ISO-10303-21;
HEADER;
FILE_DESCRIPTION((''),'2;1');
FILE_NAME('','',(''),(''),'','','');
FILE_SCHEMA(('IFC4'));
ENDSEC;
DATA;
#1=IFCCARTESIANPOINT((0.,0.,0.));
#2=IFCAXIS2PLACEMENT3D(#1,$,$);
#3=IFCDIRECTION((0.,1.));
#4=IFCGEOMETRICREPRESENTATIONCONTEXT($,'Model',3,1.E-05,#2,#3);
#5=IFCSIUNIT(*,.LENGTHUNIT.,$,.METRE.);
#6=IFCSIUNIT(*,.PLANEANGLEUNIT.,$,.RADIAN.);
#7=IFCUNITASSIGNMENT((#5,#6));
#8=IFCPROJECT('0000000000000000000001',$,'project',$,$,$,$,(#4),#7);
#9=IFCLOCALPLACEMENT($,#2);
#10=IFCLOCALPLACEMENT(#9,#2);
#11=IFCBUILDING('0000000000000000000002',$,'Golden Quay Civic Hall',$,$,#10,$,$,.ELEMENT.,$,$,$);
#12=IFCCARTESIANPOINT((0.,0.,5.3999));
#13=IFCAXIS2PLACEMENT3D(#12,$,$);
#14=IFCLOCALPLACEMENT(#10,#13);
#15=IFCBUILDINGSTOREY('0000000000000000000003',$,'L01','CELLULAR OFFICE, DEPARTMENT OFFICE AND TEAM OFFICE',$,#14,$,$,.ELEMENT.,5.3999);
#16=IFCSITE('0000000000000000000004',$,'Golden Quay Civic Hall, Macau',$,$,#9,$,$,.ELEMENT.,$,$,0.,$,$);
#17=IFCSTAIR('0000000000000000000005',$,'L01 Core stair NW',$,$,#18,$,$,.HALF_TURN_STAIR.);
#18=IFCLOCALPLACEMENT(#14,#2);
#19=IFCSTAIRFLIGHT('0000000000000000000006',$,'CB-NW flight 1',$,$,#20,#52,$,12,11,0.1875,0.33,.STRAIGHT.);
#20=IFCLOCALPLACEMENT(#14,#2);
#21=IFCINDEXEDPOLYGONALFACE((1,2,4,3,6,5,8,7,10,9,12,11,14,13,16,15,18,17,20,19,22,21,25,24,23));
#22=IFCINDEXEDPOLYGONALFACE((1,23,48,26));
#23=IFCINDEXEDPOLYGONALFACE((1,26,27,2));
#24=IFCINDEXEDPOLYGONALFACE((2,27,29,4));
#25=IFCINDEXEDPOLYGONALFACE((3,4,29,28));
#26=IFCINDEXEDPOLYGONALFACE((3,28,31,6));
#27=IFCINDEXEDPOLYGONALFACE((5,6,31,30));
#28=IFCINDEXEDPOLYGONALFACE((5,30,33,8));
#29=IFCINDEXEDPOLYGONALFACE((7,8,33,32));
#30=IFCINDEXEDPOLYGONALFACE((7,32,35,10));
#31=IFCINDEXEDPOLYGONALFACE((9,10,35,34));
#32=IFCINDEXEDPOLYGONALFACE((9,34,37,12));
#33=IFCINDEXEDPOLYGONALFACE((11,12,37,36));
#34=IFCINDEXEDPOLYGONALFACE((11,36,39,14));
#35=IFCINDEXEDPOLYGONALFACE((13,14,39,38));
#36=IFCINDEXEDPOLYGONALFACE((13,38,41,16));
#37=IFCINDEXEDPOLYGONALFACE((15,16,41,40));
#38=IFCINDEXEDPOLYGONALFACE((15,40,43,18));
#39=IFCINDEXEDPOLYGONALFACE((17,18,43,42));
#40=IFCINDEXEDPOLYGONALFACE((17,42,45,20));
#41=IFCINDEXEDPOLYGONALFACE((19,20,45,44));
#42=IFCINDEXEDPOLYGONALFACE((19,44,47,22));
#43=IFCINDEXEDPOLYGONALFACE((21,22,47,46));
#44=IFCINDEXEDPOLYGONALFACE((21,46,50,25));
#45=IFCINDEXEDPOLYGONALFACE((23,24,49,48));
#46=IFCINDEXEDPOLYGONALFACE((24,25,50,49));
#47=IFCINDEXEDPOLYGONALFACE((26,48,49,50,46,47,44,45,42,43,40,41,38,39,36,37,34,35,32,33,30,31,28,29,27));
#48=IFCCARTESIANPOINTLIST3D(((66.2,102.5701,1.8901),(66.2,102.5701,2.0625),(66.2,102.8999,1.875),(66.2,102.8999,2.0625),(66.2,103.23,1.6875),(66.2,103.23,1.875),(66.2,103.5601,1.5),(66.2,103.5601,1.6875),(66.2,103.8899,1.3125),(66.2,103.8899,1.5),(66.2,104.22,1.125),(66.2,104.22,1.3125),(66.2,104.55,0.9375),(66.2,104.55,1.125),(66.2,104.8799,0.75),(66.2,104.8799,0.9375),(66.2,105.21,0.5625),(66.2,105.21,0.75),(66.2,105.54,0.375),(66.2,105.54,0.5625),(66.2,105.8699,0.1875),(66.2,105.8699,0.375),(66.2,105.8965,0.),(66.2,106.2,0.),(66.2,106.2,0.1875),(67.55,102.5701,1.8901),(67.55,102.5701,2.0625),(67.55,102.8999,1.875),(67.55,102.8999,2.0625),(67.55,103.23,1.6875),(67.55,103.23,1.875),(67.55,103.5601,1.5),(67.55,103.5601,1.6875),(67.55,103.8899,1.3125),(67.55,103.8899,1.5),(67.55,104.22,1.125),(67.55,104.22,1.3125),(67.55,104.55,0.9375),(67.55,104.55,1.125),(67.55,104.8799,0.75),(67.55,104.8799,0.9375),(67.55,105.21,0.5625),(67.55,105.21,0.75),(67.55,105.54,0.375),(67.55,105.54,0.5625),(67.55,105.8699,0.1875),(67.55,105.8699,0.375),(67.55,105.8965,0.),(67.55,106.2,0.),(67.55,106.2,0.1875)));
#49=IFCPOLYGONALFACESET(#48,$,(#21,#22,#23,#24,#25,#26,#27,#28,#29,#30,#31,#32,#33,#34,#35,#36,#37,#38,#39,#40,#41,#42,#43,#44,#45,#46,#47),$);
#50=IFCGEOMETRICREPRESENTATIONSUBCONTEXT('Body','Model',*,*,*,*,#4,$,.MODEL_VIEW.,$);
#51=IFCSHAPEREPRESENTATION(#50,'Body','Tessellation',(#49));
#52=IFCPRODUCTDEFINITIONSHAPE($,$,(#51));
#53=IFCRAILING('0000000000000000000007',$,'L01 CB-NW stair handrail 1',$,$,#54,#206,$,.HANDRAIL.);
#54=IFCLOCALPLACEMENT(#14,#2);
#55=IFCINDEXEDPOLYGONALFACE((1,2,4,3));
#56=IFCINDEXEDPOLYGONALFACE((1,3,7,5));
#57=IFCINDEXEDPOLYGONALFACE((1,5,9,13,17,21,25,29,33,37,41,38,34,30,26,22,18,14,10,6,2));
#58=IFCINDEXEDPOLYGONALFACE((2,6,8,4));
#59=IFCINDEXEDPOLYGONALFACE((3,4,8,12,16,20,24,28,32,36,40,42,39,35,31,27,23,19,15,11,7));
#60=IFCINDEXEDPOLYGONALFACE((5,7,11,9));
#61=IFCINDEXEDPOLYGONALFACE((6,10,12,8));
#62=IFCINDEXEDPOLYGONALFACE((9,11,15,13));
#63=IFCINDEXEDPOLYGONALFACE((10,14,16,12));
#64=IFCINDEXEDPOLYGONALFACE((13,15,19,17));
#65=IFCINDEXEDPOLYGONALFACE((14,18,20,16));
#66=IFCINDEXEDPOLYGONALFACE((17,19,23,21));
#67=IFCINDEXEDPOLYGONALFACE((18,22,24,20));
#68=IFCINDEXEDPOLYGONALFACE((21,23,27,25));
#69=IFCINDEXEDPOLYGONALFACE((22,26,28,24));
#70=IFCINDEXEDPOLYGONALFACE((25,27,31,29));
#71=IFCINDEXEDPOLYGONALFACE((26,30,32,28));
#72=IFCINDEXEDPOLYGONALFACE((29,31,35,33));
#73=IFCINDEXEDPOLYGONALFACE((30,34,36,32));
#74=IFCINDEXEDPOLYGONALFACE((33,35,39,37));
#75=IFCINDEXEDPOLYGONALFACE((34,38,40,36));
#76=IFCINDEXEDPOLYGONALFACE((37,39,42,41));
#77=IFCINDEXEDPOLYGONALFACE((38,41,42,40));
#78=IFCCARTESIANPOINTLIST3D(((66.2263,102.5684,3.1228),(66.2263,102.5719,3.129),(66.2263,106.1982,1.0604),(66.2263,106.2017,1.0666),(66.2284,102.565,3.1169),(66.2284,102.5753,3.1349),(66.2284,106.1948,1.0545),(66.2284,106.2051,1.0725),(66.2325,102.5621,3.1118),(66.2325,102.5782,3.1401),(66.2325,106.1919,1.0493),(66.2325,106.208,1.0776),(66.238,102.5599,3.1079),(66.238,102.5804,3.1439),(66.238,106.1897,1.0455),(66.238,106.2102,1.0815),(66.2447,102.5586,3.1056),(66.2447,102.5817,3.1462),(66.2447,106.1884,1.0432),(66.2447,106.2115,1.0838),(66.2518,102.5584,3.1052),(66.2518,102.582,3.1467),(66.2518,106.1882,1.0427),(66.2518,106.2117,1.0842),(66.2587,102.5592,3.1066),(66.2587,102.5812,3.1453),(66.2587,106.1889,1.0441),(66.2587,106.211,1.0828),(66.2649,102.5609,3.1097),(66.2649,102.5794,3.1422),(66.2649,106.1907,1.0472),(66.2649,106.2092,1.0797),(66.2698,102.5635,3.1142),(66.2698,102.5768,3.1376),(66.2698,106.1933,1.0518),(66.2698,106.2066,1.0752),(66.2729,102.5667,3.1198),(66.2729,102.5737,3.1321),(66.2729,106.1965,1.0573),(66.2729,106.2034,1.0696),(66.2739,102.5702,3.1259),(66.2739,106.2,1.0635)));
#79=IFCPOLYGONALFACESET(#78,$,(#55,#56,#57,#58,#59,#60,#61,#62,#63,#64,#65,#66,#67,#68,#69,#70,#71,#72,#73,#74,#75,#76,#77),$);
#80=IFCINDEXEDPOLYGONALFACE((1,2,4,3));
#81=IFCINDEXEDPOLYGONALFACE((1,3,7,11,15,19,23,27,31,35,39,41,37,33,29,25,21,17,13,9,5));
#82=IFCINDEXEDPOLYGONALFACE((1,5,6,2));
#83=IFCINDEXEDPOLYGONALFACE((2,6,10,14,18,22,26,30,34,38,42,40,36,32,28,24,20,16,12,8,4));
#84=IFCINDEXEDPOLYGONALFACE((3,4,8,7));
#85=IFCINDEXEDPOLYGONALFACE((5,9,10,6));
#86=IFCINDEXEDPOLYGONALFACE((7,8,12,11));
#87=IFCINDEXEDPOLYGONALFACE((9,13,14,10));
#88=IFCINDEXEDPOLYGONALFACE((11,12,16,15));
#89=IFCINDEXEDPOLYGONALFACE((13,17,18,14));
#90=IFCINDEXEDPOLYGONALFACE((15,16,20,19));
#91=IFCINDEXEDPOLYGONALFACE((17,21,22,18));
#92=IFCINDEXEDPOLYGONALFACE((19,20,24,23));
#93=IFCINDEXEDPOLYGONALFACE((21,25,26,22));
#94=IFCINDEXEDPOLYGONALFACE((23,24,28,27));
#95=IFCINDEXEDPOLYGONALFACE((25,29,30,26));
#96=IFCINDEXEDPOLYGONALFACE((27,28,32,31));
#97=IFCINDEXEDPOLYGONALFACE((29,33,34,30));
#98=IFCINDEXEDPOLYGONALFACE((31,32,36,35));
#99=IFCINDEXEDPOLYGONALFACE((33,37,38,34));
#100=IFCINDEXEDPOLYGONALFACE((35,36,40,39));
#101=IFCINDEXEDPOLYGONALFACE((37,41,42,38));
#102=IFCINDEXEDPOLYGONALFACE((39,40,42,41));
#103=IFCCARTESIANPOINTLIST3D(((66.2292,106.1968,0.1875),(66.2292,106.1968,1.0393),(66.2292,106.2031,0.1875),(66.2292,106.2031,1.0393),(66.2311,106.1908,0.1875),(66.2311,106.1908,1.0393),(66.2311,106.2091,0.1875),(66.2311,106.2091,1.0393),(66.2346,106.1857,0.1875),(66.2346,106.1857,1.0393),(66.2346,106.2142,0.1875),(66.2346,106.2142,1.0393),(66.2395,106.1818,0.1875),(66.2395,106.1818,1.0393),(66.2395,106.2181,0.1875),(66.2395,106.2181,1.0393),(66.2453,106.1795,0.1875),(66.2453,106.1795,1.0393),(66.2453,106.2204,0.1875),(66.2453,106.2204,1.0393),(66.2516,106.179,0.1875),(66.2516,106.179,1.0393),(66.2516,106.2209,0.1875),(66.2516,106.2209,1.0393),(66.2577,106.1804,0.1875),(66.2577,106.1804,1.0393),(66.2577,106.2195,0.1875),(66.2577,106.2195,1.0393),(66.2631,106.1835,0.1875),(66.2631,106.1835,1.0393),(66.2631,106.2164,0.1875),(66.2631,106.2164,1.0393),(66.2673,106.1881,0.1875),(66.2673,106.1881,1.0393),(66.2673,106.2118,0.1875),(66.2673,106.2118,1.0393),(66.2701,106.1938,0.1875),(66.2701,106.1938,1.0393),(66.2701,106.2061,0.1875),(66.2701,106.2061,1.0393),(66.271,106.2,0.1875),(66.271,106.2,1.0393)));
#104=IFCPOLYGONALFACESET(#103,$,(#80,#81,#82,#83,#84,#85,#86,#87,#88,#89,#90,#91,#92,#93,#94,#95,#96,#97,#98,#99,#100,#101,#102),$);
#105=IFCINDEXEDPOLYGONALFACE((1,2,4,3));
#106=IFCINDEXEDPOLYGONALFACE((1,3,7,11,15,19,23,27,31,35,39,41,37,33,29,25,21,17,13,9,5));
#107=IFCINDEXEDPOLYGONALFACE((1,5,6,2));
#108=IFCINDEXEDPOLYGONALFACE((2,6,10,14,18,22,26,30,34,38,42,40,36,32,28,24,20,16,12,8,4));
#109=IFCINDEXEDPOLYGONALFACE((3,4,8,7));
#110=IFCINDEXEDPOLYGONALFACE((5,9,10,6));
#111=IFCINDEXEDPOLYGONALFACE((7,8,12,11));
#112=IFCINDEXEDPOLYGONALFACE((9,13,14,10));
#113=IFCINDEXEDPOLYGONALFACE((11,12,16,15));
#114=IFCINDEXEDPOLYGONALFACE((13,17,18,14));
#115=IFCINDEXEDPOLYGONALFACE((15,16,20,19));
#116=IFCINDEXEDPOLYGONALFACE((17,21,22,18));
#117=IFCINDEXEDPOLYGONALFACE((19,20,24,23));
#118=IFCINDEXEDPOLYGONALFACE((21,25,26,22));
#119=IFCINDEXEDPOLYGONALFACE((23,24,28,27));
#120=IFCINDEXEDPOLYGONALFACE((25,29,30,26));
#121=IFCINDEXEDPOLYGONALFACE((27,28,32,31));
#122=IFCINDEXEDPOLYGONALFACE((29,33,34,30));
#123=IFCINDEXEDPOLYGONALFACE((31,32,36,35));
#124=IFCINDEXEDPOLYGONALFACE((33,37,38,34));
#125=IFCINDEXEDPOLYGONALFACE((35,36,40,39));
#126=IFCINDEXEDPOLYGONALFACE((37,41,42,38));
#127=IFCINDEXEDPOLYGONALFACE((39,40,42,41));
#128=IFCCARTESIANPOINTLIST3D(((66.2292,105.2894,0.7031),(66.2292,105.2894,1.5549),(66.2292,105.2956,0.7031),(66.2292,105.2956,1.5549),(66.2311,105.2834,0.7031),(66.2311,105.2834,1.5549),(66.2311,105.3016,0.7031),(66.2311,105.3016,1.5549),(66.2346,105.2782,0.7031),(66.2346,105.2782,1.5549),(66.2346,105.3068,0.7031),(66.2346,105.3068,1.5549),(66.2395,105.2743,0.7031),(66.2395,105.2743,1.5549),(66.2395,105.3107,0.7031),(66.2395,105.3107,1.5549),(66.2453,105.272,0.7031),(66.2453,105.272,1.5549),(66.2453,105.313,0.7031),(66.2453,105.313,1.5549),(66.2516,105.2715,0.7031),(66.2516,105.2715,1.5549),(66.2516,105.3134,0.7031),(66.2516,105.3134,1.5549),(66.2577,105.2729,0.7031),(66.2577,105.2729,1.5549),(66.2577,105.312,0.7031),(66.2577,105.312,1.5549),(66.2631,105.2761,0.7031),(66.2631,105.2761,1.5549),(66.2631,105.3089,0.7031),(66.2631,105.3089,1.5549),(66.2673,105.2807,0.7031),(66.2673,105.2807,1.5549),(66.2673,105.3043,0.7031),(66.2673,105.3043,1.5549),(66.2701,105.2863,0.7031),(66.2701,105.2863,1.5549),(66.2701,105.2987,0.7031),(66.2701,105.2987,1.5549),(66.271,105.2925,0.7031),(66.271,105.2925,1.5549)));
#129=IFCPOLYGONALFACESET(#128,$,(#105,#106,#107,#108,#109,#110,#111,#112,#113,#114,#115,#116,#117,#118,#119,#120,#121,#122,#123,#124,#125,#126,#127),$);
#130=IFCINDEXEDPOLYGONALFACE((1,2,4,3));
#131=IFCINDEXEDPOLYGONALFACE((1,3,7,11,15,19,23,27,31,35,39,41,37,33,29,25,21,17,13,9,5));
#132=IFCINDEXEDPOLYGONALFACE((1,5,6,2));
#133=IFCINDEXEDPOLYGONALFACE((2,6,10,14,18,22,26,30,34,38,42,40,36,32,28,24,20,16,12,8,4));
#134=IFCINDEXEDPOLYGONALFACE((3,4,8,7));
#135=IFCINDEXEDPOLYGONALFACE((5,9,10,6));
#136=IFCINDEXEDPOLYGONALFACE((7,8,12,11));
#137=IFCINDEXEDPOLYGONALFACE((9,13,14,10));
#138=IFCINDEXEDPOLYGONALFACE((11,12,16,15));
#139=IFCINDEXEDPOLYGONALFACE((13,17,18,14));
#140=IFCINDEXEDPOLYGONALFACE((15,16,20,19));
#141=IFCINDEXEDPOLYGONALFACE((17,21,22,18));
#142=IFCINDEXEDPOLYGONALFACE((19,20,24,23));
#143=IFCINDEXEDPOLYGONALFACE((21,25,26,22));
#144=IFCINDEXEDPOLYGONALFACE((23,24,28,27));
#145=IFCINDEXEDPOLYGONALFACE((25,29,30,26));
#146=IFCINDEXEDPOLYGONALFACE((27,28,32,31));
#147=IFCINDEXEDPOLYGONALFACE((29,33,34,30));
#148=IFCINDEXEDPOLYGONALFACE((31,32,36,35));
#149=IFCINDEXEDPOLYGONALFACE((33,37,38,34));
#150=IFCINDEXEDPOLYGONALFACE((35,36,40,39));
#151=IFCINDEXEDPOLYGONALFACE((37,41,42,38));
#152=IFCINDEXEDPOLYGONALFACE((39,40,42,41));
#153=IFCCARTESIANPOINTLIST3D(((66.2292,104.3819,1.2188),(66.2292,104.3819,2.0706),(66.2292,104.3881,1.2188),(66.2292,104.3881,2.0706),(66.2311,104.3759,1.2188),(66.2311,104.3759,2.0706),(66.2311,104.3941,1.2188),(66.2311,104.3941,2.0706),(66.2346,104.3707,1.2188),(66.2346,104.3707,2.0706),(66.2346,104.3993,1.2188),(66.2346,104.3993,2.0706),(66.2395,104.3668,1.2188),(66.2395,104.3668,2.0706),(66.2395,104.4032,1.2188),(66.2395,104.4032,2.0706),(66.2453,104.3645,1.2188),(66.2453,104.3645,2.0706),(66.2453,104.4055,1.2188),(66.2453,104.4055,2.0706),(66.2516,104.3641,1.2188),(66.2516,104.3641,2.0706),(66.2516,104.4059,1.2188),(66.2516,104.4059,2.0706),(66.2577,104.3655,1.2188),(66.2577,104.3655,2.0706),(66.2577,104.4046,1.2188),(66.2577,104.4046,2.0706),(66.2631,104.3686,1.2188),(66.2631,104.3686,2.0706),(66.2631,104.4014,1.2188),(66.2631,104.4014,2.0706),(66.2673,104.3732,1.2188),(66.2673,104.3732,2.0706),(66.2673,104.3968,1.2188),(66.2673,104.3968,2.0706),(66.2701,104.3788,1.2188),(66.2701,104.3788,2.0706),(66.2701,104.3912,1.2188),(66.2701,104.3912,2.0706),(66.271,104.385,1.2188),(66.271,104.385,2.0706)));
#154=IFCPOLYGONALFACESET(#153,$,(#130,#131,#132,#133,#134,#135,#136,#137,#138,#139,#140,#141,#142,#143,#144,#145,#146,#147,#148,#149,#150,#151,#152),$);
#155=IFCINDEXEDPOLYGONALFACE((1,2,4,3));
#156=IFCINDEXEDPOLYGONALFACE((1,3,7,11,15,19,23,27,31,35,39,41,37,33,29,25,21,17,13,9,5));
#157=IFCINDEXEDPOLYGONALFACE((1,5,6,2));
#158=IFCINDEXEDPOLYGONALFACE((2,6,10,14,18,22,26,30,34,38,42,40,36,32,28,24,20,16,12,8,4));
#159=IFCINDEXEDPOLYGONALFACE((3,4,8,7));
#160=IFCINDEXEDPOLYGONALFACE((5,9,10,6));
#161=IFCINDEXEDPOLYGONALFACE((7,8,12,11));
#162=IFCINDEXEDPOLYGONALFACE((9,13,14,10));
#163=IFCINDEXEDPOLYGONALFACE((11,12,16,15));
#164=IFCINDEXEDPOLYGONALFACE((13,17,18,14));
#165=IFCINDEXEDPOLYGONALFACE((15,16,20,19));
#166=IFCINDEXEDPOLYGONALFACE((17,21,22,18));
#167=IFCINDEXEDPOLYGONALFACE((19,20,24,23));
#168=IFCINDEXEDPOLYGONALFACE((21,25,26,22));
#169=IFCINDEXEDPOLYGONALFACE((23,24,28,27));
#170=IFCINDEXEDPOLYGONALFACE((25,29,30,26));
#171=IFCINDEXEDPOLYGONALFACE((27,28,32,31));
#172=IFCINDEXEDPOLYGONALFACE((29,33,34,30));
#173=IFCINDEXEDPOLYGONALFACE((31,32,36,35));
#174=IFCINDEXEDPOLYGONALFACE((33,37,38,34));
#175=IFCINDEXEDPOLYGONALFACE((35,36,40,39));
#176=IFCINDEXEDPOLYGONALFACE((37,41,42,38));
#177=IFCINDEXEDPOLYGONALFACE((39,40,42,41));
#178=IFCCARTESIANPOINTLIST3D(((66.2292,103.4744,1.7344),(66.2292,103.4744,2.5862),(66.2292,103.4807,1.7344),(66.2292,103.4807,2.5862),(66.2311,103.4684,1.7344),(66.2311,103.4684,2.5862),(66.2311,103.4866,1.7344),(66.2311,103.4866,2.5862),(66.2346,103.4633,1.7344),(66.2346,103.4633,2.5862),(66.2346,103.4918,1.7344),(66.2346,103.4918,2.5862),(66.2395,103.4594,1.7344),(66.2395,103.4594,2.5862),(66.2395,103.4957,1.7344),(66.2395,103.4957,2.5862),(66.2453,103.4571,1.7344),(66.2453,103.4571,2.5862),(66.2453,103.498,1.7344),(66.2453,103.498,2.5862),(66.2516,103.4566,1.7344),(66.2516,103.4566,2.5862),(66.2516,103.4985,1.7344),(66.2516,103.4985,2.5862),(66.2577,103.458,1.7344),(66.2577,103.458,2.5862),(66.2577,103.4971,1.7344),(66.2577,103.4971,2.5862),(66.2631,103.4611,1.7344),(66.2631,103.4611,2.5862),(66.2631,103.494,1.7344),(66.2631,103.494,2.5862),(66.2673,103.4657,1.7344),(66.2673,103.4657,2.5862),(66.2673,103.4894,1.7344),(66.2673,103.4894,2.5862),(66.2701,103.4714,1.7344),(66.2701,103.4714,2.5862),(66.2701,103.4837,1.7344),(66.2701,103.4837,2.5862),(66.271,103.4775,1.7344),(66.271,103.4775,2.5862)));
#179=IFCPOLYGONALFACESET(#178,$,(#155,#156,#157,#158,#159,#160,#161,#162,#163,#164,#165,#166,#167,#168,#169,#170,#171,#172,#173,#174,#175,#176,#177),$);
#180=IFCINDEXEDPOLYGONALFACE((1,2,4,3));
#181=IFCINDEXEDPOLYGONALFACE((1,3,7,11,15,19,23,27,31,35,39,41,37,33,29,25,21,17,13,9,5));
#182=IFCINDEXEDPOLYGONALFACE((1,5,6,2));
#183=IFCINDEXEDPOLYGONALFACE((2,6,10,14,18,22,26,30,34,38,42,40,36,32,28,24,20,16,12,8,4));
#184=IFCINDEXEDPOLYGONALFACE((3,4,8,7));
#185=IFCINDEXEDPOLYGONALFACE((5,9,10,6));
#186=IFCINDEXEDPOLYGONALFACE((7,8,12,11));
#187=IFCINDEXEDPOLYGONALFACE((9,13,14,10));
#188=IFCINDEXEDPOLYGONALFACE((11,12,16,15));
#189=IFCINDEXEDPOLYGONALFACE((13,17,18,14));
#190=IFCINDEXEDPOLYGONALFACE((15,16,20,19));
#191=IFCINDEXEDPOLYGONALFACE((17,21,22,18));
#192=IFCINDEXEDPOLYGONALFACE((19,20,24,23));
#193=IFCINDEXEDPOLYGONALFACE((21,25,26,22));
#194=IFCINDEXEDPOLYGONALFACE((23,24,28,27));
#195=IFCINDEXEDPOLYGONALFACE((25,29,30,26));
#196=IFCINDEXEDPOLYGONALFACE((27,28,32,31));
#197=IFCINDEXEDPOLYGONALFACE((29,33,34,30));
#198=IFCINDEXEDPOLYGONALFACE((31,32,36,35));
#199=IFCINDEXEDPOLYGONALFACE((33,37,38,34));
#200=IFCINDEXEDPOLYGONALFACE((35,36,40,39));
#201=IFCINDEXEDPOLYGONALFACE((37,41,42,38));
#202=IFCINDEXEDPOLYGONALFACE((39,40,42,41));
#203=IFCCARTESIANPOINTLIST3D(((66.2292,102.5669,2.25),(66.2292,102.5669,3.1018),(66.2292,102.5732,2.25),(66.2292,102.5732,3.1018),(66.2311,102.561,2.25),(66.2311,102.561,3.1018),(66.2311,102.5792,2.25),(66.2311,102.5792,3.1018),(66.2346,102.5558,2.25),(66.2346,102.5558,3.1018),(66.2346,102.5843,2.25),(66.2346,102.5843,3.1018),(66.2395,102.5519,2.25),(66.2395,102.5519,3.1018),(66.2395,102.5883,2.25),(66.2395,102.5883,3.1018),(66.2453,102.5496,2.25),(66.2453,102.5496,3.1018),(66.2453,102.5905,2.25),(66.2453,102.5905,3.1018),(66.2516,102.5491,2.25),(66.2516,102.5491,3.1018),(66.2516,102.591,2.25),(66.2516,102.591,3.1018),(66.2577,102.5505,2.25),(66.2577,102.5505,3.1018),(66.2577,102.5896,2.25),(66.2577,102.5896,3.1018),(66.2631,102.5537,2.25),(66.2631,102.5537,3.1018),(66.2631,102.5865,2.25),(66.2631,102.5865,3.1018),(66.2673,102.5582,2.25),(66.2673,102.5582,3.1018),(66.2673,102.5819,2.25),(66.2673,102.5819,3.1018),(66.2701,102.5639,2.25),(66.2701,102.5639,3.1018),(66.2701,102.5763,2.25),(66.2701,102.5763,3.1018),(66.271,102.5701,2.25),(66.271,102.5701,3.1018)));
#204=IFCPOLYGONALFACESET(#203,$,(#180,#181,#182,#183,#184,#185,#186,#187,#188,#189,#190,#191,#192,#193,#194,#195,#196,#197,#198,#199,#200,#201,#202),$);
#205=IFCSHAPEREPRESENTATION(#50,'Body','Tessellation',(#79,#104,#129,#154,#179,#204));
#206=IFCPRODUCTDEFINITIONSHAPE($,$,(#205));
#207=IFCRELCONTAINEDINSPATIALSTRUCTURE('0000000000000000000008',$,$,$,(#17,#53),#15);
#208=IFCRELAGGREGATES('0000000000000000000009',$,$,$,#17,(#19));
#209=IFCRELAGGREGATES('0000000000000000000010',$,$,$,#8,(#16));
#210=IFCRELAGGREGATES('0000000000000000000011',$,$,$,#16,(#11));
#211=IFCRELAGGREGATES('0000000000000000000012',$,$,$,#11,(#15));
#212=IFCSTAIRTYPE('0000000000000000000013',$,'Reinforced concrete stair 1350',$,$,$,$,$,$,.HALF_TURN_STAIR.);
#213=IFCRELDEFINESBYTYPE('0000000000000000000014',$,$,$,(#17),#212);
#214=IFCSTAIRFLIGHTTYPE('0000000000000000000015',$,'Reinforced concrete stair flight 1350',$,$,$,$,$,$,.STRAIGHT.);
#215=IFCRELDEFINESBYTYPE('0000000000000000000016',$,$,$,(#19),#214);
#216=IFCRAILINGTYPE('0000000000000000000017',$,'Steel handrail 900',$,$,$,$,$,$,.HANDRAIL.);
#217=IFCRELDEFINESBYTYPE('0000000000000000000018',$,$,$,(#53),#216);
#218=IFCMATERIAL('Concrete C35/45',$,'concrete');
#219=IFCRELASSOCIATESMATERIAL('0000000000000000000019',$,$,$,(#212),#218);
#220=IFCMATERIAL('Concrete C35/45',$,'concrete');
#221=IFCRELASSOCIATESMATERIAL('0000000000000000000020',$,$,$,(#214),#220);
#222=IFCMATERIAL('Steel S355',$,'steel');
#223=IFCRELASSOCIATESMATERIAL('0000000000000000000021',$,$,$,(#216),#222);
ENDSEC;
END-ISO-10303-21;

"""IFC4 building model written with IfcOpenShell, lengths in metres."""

from ifc_helpers import new_model, si_unit, direction, frame, origin, origin_2d, place, context, subcontext, project, spatial, polyline, circle, outline, extrude, material, type_object, element, aggregate, save


model = new_model("IFC4")

# Units and contexts
model_context = context("Model", 3, precision=1e-05, world=origin(), true_north=direction((0.0, 1.0)))
body_context = subcontext(model_context, "Body", "Model", "MODEL_VIEW")
ifc_project = project(units=[si_unit("LENGTHUNIT", "METRE"), si_unit("PLANEANGLEUNIT", "RADIAN")], contexts=[model_context])

# Site, building, storey
site_placement = place(None, origin())
site = spatial("IfcSite", under=ifc_project, at=site_placement, Name="Golden Quay Civic Hall, Macau", CompositionType="ELEMENT", RefElevation=0.0)
building_placement = place(site_placement, origin())
building = spatial("IfcBuilding", under=site, at=building_placement, Name="Golden Quay Civic Hall", CompositionType="ELEMENT")
storey_placement = place(building_placement, frame((0.0, 0.0, 5.3999)))
storey = spatial("IfcBuildingStorey", under=building, at=storey_placement, Name="L01", Description="CELLULAR OFFICE, DEPARTMENT OFFICE AND TEAM OFFICE", CompositionType="ELEMENT", Elevation=5.3999)

# Stair, stair flight
ifc_material_1 = material(Name="Concrete C35/45", Category="concrete")
stair_type = type_object("IfcStairType", Name="Reinforced concrete stair 1350", PredefinedType="HALF_TURN_STAIR", material=ifc_material_1)
stair_placement = place(storey_placement, origin())
stair = element("IfcStair", 1, at=stair_placement, inside=storey, type_object=stair_type, Name="L01 Core stair NW", PredefinedType="HALF_TURN_STAIR")
ifc_material_2 = material(Name="Concrete C35/45", Category="concrete")
stair_flight_type = type_object("IfcStairFlightType", Name="Reinforced concrete stair flight 1350", PredefinedType="STRAIGHT", material=ifc_material_2)
stair_flight_placement = place(storey_placement, frame((66.875, 106.2, 0.0), z_axis=(0.0, 0.0, 1.0), x_axis=(0.0, -1.0, 0.0)))
stair_flight = element("IfcStairFlight", 2, at=stair_flight_placement, type_object=stair_flight_type, Name="CB-NW flight 1", NumberOfRisers=12, NumberOfTreads=11, PredefinedType="STRAIGHT", RiserHeight=0.1875, TreadLength=0.33, context=body_context, shape_type="SweptSolid", body=[
    extrude(outline(polyline([(0.0, 0.0), (0.0, 0.1875), (0.3301, 0.1875), (0.3301, 0.375), (0.6599, 0.375), (0.6599, 0.5625), (0.99, 0.5625), (0.99, 0.75), (1.3201, 0.75), (1.3201, 0.9375), (1.6499, 0.9375), (1.6499, 1.125), (1.98, 1.125), (1.98, 1.3125), (2.3101, 1.3125), (2.3101, 1.5), (2.6399, 1.5), (2.6399, 1.6875), (2.97, 1.6875), (2.97, 1.875), (3.3, 1.875), (3.3, 2.0625), (3.6299, 2.0625), (3.6299, 2.25), (3.6299, 1.8901), (0.3035, 0.0), (0.0, 0.0)])), frame((0.0, 0.675, 0.0), z_axis=(0.0, -1.0, 0.0), x_axis=(1.0, 0.0, 0.0)), (0.0, 0.0, 1.0), 1.35),
])
aggregate(stair, [stair_flight])

# Railing
ifc_material_3 = material(Name="Steel S355", Category="steel")
railing_type = type_object("IfcRailingType", Name="Steel handrail 900", PredefinedType="HANDRAIL", material=ifc_material_3)
railing_placement = place(storey_placement, frame((66.25, 106.2, 0.1875)))
element("IfcRailing", 3, at=railing_placement, inside=storey, type_object=railing_type, Name="L01 CB-NW stair handrail 1", PredefinedType="HANDRAIL", context=body_context, shape_type="SweptSolid", body=[
    extrude(circle(Radius=0.0239, at=origin_2d()), frame((0.0, 0.0, 0.876), z_axis=(0.0, -0.86945, 0.494021), x_axis=(1.0, 0.0, 0.0)), (0.0, 0.0, 1.0), 4.1748),
    extrude(circle(Radius=0.021, at=origin_2d()), origin(), (0.0, 0.0, 1.0), 0.8518),
    extrude(circle(Radius=0.021, at=origin_2d()), frame((0.0, -0.9075, 0.5156)), (0.0, 0.0, 1.0), 0.8518),
    extrude(circle(Radius=0.021, at=origin_2d()), frame((0.0, -1.8149, 1.0312)), (0.0, 0.0, 1.0), 0.8518),
    extrude(circle(Radius=0.021, at=origin_2d()), frame((0.0, -2.7224, 1.5469)), (0.0, 0.0, 1.0), 0.8518),
    extrude(circle(Radius=0.021, at=origin_2d()), frame((0.0, -3.6299, 2.0625)), (0.0, 0.0, 1.0), 0.8518),
])

save(model, "model.ifc")
